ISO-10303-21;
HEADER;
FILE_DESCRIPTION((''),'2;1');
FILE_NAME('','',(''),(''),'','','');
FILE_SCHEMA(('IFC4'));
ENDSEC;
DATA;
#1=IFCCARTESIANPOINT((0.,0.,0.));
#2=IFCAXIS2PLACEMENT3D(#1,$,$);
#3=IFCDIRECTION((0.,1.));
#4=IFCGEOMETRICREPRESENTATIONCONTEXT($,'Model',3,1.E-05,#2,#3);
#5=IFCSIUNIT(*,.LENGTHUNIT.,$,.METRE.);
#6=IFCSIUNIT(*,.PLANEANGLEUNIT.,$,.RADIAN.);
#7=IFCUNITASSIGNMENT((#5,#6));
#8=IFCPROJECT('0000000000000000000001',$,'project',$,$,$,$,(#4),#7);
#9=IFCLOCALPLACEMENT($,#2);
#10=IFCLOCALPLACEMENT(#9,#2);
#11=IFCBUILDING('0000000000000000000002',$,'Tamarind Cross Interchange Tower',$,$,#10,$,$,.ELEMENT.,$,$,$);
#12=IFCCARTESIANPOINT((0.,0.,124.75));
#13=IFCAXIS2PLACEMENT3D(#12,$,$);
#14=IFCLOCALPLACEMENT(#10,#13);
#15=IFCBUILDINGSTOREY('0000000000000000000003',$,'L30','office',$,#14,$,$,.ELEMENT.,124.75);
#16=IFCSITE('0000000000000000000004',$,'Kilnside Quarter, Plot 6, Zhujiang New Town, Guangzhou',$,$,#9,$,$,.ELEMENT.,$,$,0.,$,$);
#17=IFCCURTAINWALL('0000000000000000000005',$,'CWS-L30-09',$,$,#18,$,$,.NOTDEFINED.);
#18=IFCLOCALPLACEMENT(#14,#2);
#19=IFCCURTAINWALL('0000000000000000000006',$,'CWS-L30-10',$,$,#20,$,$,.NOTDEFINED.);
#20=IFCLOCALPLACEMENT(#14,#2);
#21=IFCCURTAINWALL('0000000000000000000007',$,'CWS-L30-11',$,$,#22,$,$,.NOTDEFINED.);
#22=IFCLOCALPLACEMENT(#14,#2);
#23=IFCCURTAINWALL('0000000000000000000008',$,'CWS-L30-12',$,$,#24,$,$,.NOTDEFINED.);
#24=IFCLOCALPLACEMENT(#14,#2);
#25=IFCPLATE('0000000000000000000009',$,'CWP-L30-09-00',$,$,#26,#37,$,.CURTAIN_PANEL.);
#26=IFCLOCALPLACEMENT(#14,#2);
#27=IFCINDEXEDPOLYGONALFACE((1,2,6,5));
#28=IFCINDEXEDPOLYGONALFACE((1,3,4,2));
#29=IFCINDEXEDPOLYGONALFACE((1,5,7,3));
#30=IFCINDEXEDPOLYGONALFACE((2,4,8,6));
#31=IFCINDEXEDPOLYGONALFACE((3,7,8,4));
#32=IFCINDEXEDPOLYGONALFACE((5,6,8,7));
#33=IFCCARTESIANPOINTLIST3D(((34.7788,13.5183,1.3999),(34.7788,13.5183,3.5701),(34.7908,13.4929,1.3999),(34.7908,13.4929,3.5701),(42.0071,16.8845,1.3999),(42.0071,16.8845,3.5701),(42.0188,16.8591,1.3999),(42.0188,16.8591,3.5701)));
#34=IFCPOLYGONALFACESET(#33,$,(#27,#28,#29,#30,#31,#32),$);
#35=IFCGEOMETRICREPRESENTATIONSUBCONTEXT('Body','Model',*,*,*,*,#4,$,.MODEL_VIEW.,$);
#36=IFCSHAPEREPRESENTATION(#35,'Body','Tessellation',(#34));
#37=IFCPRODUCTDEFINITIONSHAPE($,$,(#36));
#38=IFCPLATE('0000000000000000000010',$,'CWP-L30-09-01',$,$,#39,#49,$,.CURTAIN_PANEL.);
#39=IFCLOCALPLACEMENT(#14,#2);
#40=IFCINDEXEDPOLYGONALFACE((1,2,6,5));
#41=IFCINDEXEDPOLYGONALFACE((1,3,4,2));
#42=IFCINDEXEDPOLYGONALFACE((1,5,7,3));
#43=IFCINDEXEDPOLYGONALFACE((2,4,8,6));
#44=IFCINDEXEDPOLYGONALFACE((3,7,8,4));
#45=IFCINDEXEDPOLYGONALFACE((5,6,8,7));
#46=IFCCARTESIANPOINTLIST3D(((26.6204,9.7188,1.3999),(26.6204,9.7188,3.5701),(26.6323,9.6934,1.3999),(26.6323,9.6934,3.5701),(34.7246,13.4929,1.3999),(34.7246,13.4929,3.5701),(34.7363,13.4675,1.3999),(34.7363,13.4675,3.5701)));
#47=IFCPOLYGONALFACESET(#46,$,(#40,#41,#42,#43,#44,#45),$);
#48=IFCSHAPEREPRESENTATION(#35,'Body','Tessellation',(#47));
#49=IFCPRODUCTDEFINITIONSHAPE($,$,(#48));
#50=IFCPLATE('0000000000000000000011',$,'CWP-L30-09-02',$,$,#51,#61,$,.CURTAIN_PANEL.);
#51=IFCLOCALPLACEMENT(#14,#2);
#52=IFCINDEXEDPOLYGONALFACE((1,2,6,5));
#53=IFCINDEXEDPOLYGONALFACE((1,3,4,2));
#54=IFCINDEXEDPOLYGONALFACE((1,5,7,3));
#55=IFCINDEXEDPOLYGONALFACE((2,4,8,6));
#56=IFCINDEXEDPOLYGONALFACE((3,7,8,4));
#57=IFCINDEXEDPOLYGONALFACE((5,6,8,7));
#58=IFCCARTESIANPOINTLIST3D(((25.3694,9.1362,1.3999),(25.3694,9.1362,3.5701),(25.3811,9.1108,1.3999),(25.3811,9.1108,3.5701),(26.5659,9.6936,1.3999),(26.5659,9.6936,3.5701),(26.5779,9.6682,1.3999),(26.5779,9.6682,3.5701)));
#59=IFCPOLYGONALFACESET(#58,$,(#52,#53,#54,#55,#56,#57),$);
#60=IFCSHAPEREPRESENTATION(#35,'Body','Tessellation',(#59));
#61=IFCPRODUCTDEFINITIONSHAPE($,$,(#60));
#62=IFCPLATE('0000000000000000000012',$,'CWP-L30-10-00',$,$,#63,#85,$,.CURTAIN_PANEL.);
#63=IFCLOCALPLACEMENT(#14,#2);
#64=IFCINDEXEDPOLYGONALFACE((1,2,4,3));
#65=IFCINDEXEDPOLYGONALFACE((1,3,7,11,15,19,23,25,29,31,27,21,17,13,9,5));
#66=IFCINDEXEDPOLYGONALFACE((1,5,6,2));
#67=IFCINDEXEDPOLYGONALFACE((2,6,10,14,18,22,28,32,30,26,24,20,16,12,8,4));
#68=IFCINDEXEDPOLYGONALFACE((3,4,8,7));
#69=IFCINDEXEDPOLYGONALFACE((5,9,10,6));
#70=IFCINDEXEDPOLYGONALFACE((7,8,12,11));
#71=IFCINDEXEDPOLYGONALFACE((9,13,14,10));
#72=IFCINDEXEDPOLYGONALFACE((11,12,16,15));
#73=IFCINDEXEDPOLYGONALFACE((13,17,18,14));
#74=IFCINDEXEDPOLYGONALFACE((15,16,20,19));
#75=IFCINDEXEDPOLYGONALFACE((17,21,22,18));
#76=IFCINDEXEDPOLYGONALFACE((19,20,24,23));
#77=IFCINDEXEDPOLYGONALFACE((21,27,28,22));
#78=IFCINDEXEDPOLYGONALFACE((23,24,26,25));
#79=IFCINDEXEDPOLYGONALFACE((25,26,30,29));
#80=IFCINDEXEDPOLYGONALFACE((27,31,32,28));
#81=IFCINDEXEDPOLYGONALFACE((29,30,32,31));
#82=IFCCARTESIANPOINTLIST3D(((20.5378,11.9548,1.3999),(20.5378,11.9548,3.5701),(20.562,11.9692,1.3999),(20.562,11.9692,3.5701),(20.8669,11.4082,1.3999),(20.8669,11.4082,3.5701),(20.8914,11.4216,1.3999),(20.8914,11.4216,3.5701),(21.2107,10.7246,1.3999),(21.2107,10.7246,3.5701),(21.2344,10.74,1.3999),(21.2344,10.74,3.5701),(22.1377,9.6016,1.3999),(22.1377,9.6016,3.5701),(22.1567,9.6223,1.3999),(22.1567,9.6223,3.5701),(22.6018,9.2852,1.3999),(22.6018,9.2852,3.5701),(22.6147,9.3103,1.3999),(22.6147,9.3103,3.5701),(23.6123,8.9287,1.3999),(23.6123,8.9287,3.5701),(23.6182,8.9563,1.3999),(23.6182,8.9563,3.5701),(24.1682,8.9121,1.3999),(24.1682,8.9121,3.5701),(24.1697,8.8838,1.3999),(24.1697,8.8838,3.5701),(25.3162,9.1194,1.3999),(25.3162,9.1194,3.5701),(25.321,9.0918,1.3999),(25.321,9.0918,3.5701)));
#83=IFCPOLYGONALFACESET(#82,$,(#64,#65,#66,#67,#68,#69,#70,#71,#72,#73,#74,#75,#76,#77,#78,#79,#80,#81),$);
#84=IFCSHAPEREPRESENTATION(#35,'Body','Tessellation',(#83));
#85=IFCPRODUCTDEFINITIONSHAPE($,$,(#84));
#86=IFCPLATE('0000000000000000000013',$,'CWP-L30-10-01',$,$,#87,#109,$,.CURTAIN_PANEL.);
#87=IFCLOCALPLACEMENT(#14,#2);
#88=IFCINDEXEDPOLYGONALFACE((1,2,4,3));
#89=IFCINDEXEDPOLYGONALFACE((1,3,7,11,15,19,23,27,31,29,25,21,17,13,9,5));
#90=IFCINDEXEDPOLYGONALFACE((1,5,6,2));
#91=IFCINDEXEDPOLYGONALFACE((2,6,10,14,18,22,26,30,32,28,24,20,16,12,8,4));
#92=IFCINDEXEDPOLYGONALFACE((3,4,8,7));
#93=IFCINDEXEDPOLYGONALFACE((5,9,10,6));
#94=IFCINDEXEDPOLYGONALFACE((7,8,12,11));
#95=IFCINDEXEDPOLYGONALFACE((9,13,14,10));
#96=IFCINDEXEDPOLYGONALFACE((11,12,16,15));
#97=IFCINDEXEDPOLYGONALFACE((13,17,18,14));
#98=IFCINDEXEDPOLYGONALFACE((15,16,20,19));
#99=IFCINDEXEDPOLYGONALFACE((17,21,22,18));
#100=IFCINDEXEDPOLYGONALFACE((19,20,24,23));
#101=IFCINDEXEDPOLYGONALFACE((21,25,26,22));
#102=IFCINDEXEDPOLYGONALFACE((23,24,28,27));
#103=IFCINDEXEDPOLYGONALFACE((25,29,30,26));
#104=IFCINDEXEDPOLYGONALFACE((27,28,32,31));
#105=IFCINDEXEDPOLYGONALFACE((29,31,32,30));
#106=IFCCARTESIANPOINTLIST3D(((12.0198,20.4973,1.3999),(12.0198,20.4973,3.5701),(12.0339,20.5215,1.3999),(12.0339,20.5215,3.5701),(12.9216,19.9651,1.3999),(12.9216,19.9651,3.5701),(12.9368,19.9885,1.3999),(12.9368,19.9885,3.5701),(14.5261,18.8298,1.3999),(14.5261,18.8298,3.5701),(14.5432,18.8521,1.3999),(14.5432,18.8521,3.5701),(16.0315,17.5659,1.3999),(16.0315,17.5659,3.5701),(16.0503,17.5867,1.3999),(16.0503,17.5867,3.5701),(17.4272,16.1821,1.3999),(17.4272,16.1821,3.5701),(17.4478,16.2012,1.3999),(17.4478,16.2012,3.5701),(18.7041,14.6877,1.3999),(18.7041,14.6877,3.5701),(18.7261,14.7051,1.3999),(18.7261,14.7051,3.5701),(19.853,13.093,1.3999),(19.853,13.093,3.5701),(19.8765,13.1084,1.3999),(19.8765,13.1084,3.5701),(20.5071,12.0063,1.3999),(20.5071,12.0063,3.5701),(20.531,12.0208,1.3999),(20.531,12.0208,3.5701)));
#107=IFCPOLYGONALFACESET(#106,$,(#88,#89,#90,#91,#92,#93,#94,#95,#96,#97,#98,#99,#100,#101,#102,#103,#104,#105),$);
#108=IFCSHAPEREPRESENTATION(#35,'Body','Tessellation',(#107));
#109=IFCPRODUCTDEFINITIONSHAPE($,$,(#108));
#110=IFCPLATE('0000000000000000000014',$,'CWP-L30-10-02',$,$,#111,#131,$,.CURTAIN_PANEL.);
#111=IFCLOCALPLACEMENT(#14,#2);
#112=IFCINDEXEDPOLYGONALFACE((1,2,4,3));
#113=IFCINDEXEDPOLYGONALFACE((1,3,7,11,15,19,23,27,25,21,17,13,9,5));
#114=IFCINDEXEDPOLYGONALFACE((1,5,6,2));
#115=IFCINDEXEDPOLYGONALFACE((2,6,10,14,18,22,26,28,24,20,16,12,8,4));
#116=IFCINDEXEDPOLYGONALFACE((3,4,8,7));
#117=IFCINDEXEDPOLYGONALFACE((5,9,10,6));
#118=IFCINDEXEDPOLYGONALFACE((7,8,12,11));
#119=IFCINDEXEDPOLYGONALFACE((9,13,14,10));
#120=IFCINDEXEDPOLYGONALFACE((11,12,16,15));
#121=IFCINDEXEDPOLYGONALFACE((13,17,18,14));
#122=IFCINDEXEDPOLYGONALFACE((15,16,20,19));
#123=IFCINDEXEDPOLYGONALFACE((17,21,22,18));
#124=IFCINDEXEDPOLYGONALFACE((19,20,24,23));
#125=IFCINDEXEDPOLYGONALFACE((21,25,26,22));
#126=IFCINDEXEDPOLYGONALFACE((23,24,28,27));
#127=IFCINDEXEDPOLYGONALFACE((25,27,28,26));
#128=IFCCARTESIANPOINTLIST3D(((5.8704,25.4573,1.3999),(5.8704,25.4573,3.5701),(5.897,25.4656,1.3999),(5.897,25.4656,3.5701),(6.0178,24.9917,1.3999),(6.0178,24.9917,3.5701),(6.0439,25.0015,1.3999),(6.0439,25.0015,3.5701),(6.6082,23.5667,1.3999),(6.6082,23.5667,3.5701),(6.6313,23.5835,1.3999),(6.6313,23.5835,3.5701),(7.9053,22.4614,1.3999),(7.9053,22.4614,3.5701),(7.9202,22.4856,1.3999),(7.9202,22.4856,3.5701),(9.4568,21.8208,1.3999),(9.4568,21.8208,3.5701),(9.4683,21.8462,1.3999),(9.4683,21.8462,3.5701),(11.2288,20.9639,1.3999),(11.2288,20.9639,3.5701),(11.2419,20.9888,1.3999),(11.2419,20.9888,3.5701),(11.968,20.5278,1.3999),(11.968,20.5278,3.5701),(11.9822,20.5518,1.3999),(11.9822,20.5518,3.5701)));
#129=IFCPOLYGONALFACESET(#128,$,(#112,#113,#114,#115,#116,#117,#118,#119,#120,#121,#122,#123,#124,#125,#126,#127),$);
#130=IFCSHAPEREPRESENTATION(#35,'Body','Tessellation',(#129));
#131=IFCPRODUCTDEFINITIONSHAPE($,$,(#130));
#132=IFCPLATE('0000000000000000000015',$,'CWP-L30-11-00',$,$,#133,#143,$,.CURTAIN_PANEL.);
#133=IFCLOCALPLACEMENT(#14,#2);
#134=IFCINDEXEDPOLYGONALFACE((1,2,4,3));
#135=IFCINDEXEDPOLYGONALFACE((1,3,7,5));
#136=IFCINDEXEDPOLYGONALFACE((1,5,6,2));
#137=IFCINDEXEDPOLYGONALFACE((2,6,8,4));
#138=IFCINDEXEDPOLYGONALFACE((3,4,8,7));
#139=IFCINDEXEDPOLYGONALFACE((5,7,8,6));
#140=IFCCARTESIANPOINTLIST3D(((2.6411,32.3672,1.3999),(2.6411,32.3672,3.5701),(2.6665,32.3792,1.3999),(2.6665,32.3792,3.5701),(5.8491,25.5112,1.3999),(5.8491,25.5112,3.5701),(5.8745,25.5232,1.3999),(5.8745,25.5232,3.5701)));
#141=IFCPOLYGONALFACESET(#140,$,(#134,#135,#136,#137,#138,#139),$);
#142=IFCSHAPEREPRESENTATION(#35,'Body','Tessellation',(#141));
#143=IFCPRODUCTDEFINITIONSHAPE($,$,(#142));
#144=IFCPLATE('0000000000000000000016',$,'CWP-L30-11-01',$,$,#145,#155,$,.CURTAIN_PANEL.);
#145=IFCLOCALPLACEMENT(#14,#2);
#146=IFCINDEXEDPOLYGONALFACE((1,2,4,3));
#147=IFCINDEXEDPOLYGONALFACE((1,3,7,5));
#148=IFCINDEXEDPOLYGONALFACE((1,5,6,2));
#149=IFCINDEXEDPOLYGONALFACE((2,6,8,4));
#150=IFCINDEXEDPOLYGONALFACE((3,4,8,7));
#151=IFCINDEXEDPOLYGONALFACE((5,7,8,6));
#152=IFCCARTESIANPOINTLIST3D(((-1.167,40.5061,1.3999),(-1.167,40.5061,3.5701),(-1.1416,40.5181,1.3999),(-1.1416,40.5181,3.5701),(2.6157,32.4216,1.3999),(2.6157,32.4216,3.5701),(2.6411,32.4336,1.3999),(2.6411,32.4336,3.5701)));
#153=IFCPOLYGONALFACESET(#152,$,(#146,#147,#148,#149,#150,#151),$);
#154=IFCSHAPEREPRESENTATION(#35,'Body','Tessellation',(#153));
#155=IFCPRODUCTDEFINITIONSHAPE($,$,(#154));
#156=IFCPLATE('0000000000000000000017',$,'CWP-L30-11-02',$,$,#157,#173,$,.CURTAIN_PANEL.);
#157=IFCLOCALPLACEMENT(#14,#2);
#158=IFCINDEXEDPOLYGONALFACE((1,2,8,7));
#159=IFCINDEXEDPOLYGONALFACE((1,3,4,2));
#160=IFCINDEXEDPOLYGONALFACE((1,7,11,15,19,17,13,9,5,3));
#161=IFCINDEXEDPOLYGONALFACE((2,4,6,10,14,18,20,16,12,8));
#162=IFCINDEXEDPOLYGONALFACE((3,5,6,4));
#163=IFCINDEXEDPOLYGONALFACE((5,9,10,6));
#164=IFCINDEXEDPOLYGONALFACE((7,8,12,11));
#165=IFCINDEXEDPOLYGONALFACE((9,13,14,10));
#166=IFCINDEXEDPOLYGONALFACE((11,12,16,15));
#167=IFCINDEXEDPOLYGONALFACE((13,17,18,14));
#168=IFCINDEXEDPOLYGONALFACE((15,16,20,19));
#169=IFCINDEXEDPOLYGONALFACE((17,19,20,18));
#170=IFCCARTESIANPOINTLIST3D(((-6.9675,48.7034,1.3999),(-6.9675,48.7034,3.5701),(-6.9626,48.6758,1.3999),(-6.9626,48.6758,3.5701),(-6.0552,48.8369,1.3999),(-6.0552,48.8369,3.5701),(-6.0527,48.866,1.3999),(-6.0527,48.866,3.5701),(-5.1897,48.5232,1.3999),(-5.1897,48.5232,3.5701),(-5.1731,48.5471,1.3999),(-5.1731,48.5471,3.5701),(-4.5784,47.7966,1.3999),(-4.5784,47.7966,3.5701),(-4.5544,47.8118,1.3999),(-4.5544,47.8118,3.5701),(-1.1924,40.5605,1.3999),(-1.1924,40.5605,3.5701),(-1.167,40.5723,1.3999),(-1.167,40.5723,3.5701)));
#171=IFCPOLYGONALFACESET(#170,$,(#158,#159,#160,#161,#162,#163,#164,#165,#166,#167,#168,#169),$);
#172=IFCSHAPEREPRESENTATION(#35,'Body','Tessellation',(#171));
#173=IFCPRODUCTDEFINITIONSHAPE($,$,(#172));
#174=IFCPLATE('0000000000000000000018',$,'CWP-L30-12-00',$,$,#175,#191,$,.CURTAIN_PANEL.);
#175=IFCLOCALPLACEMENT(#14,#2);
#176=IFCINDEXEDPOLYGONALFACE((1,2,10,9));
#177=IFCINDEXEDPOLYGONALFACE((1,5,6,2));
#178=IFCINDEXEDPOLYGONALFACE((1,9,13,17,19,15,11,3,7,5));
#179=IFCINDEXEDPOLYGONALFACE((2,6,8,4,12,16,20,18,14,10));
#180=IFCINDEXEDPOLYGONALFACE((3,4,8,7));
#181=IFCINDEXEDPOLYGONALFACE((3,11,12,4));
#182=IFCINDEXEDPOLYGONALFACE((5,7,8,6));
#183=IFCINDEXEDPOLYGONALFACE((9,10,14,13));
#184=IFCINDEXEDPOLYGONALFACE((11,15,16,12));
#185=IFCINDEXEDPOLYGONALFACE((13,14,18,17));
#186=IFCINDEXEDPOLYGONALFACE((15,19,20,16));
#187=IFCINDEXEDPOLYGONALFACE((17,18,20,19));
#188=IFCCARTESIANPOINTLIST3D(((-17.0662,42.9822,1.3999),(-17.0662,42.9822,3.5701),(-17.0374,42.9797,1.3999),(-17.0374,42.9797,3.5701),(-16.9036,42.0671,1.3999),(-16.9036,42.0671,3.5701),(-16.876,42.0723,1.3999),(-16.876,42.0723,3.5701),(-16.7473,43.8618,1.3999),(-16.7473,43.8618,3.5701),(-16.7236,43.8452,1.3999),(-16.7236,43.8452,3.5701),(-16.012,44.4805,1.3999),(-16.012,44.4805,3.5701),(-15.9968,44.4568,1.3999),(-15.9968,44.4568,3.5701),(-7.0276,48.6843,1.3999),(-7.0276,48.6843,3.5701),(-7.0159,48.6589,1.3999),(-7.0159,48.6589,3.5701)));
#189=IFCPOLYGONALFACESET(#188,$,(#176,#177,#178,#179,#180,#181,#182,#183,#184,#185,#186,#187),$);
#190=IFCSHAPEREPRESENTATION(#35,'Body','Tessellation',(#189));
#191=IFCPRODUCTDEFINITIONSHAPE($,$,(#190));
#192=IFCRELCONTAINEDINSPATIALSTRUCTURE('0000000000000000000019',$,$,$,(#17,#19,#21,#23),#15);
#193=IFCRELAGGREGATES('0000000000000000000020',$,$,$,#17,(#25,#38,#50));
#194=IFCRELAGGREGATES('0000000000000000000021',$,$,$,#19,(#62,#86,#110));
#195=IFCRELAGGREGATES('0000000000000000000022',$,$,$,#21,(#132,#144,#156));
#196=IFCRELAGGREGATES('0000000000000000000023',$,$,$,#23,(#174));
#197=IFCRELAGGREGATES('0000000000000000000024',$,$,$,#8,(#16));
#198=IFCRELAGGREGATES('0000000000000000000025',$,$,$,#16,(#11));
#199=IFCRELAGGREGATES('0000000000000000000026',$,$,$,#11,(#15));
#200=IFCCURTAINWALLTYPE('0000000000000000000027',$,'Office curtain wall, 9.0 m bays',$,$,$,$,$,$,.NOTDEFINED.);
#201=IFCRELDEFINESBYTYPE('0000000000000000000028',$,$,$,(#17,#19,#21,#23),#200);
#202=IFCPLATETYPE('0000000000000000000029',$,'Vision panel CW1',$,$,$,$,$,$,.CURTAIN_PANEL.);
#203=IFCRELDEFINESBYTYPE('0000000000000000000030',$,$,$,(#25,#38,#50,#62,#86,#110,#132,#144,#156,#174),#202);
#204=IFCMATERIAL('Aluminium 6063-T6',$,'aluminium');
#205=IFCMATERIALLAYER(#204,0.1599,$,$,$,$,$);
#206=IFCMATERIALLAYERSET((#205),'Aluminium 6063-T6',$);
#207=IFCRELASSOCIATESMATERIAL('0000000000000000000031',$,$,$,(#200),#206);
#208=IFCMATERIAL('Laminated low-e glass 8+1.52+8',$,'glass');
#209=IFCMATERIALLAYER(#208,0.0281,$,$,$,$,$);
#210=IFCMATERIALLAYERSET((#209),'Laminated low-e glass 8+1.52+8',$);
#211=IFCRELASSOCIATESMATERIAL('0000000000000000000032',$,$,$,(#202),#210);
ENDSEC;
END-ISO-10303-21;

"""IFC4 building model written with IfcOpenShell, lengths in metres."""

from ifc_helpers import new_model, si_unit, direction, frame, origin, place, context, subcontext, project, spatial, polyline, outline, extrude, material, layer, layer_set, type_object, element, aggregate, save


model = new_model("IFC4")

# Units and contexts
model_context = context("Model", 3, precision=1e-05, world=origin(), true_north=direction((0.0, 1.0)))
body_context = subcontext(model_context, "Body", "Model", "MODEL_VIEW")
ifc_project = project(units=[si_unit("LENGTHUNIT", "METRE"), si_unit("PLANEANGLEUNIT", "RADIAN")], contexts=[model_context])

# Site, building, storey
site_placement = place(None, origin())
site = spatial("IfcSite", under=ifc_project, at=site_placement, Name="Kilnside Quarter, Plot 6, Zhujiang New Town, Guangzhou", CompositionType="ELEMENT", RefElevation=0.0)
building_placement = place(site_placement, origin())
building = spatial("IfcBuilding", under=site, at=building_placement, Name="Tamarind Cross Interchange Tower", CompositionType="ELEMENT")
storey_placement = place(building_placement, frame((0.0, 0.0, 124.75)))
storey = spatial("IfcBuildingStorey", under=building, at=storey_placement, Name="L30", Description="office", CompositionType="ELEMENT", Elevation=124.75)

# Curtain walls
ifc_material_1 = material(Name="Aluminium 6063-T6", Category="aluminium")
ifc_layer_1 = layer(ifc_material_1, 0.1599)
ifc_layer_set_1 = layer_set([ifc_layer_1], Name="Aluminium 6063-T6")
curtain_wall_type = type_object("IfcCurtainWallType", Name="Office curtain wall, 9.0 m bays", PredefinedType="NOTDEFINED", material=ifc_layer_set_1)
curtain_wall_1_placement = place(storey_placement, origin())
curtain_wall_1 = element("IfcCurtainWall", 1, at=curtain_wall_1_placement, inside=storey, type_object=curtain_wall_type, Name="CWS-L30-09", PredefinedType="NOTDEFINED")
curtain_wall_2_placement = place(storey_placement, origin())
curtain_wall_2 = element("IfcCurtainWall", 2, at=curtain_wall_2_placement, inside=storey, type_object=curtain_wall_type, Name="CWS-L30-10", PredefinedType="NOTDEFINED")
curtain_wall_3_placement = place(storey_placement, origin())
curtain_wall_3 = element("IfcCurtainWall", 3, at=curtain_wall_3_placement, inside=storey, type_object=curtain_wall_type, Name="CWS-L30-11", PredefinedType="NOTDEFINED")
curtain_wall_4_placement = place(storey_placement, origin())
curtain_wall_4 = element("IfcCurtainWall", 4, at=curtain_wall_4_placement, inside=storey, type_object=curtain_wall_type, Name="CWS-L30-12", PredefinedType="NOTDEFINED")

# Plates
ifc_material_2 = material(Name="Laminated low-e glass 8+1.52+8", Category="glass")
ifc_layer_2 = layer(ifc_material_2, 0.0281)
ifc_layer_set_2 = layer_set([ifc_layer_2], Name="Laminated low-e glass 8+1.52+8")
plate_type = type_object("IfcPlateType", Name="Vision panel CW1", PredefinedType="CURTAIN_PANEL", material=ifc_layer_set_2)
plate_1_placement = place(storey_placement, frame((0.0, 0.0, 1.3999)))
plate_1 = element("IfcPlate", 5, at=plate_1_placement, type_object=plate_type, Name="CWP-L30-09-00", PredefinedType="CURTAIN_PANEL", context=body_context, shape_type="SweptSolid", body=[
    extrude(outline(polyline([(42.0188, 16.8591), (34.7908, 13.4929), (34.7788, 13.5183), (42.0071, 16.8845), (42.0188, 16.8591)])), origin(), (0.0, 0.0, 1.0), 2.1702),
])
plate_2_placement = place(storey_placement, frame((0.0, 0.0, 1.3999)))
plate_2 = element("IfcPlate", 6, at=plate_2_placement, type_object=plate_type, Name="CWP-L30-09-01", PredefinedType="CURTAIN_PANEL", context=body_context, shape_type="SweptSolid", body=[
    extrude(outline(polyline([(34.7363, 13.4675), (26.6323, 9.6934), (26.6204, 9.7188), (34.7246, 13.4929), (34.7363, 13.4675)])), origin(), (0.0, 0.0, 1.0), 2.1702),
])
plate_3_placement = place(storey_placement, frame((0.0, 0.0, 1.3999)))
plate_3 = element("IfcPlate", 7, at=plate_3_placement, type_object=plate_type, Name="CWP-L30-09-02", PredefinedType="CURTAIN_PANEL", context=body_context, shape_type="SweptSolid", body=[
    extrude(outline(polyline([(26.5779, 9.6682), (25.3811, 9.1108), (25.3694, 9.1362), (26.5659, 9.6936), (26.5779, 9.6682)])), origin(), (0.0, 0.0, 1.0), 2.1702),
])
aggregate(curtain_wall_1, [plate_1, plate_2, plate_3])
plate_4_placement = place(storey_placement, frame((0.0, 0.0, 1.3999)))
plate_4 = element("IfcPlate", 8, at=plate_4_placement, type_object=plate_type, Name="CWP-L30-10-00", PredefinedType="CURTAIN_PANEL", context=body_context, shape_type="SweptSolid", body=[
    extrude(outline(polyline([(25.321, 9.0918), (24.1697, 8.8838), (23.6123, 8.9287), (22.6018, 9.2852), (22.1377, 9.6016), (21.2107, 10.7246), (20.8669, 11.4082), (20.5378, 11.9548), (20.562, 11.9692), (20.8914, 11.4216), (21.2344, 10.74), (22.1567, 9.6223), (22.6147, 9.3103), (23.6182, 8.9563), (24.1682, 8.9121), (25.3162, 9.1194), (25.321, 9.0918)])), origin(), (0.0, 0.0, 1.0), 2.1702),
])
plate_5_placement = place(storey_placement, frame((0.0, 0.0, 1.3999)))
plate_5 = element("IfcPlate", 9, at=plate_5_placement, type_object=plate_type, Name="CWP-L30-10-01", PredefinedType="CURTAIN_PANEL", context=body_context, shape_type="SweptSolid", body=[
    extrude(outline(polyline([(20.5071, 12.0063), (19.853, 13.093), (18.7041, 14.6877), (17.4272, 16.1821), (16.0315, 17.5659), (14.5261, 18.8298), (12.9216, 19.9651), (12.0198, 20.4973), (12.0339, 20.5215), (12.9368, 19.9885), (14.5432, 18.8521), (16.0503, 17.5867), (17.4478, 16.2012), (18.7261, 14.7051), (19.8765, 13.1084), (20.531, 12.0208), (20.5071, 12.0063)])), origin(), (0.0, 0.0, 1.0), 2.1702),
])
plate_6_placement = place(storey_placement, frame((0.0, 0.0, 1.3999)))
plate_6 = element("IfcPlate", 10, at=plate_6_placement, type_object=plate_type, Name="CWP-L30-10-02", PredefinedType="CURTAIN_PANEL", context=body_context, shape_type="SweptSolid", body=[
    extrude(outline(polyline([(11.968, 20.5278), (11.2288, 20.9639), (9.4568, 21.8208), (7.9053, 22.4614), (6.6082, 23.5667), (6.0178, 24.9917), (5.8704, 25.4573), (5.897, 25.4656), (6.0439, 25.0015), (6.6313, 23.5835), (7.9202, 22.4856), (9.4683, 21.8462), (11.2419, 20.9888), (11.9822, 20.5518), (11.968, 20.5278)])), origin(), (0.0, 0.0, 1.0), 2.1702),
])
aggregate(curtain_wall_2, [plate_4, plate_5, plate_6])
plate_7_placement = place(storey_placement, frame((0.0, 0.0, 1.3999)))
plate_7 = element("IfcPlate", 11, at=plate_7_placement, type_object=plate_type, Name="CWP-L30-11-00", PredefinedType="CURTAIN_PANEL", context=body_context, shape_type="SweptSolid", body=[
    extrude(outline(polyline([(5.8491, 25.5112), (2.6411, 32.3672), (2.6665, 32.3792), (5.8745, 25.5232), (5.8491, 25.5112)])), origin(), (0.0, 0.0, 1.0), 2.1702),
])
plate_8_placement = place(storey_placement, frame((0.0, 0.0, 1.3999)))
plate_8 = element("IfcPlate", 12, at=plate_8_placement, type_object=plate_type, Name="CWP-L30-11-01", PredefinedType="CURTAIN_PANEL", context=body_context, shape_type="SweptSolid", body=[
    extrude(outline(polyline([(2.6157, 32.4216), (-1.167, 40.5061), (-1.1416, 40.5181), (2.6411, 32.4336), (2.6157, 32.4216)])), origin(), (0.0, 0.0, 1.0), 2.1702),
])
plate_9_placement = place(storey_placement, frame((0.0, 0.0, 1.3999)))
plate_9 = element("IfcPlate", 13, at=plate_9_placement, type_object=plate_type, Name="CWP-L30-11-02", PredefinedType="CURTAIN_PANEL", context=body_context, shape_type="SweptSolid", body=[
    extrude(outline(polyline([(-1.1924, 40.5605), (-4.5784, 47.7966), (-5.1897, 48.5232), (-6.0552, 48.8369), (-6.9626, 48.6758), (-6.9675, 48.7034), (-6.0527, 48.866), (-5.1731, 48.5471), (-4.5544, 47.8118), (-1.167, 40.5723), (-1.1924, 40.5605)])), origin(), (0.0, 0.0, 1.0), 2.1702),
])
aggregate(curtain_wall_3, [plate_7, plate_8, plate_9])
plate_10_placement = place(storey_placement, frame((0.0, 0.0, 1.3999)))
plate_10 = element("IfcPlate", 14, at=plate_10_placement, type_object=plate_type, Name="CWP-L30-12-00", PredefinedType="CURTAIN_PANEL", context=body_context, shape_type="SweptSolid", body=[
    extrude(outline(polyline([(-7.0159, 48.6589), (-15.9968, 44.4568), (-16.7236, 43.8452), (-17.0374, 42.9797), (-16.876, 42.0723), (-16.9036, 42.0671), (-17.0662, 42.9822), (-16.7473, 43.8618), (-16.012, 44.4805), (-7.0276, 48.6843), (-7.0159, 48.6589)])), origin(), (0.0, 0.0, 1.0), 2.1702),
])
aggregate(curtain_wall_4, [plate_10])

save(model, "model.ifc")
